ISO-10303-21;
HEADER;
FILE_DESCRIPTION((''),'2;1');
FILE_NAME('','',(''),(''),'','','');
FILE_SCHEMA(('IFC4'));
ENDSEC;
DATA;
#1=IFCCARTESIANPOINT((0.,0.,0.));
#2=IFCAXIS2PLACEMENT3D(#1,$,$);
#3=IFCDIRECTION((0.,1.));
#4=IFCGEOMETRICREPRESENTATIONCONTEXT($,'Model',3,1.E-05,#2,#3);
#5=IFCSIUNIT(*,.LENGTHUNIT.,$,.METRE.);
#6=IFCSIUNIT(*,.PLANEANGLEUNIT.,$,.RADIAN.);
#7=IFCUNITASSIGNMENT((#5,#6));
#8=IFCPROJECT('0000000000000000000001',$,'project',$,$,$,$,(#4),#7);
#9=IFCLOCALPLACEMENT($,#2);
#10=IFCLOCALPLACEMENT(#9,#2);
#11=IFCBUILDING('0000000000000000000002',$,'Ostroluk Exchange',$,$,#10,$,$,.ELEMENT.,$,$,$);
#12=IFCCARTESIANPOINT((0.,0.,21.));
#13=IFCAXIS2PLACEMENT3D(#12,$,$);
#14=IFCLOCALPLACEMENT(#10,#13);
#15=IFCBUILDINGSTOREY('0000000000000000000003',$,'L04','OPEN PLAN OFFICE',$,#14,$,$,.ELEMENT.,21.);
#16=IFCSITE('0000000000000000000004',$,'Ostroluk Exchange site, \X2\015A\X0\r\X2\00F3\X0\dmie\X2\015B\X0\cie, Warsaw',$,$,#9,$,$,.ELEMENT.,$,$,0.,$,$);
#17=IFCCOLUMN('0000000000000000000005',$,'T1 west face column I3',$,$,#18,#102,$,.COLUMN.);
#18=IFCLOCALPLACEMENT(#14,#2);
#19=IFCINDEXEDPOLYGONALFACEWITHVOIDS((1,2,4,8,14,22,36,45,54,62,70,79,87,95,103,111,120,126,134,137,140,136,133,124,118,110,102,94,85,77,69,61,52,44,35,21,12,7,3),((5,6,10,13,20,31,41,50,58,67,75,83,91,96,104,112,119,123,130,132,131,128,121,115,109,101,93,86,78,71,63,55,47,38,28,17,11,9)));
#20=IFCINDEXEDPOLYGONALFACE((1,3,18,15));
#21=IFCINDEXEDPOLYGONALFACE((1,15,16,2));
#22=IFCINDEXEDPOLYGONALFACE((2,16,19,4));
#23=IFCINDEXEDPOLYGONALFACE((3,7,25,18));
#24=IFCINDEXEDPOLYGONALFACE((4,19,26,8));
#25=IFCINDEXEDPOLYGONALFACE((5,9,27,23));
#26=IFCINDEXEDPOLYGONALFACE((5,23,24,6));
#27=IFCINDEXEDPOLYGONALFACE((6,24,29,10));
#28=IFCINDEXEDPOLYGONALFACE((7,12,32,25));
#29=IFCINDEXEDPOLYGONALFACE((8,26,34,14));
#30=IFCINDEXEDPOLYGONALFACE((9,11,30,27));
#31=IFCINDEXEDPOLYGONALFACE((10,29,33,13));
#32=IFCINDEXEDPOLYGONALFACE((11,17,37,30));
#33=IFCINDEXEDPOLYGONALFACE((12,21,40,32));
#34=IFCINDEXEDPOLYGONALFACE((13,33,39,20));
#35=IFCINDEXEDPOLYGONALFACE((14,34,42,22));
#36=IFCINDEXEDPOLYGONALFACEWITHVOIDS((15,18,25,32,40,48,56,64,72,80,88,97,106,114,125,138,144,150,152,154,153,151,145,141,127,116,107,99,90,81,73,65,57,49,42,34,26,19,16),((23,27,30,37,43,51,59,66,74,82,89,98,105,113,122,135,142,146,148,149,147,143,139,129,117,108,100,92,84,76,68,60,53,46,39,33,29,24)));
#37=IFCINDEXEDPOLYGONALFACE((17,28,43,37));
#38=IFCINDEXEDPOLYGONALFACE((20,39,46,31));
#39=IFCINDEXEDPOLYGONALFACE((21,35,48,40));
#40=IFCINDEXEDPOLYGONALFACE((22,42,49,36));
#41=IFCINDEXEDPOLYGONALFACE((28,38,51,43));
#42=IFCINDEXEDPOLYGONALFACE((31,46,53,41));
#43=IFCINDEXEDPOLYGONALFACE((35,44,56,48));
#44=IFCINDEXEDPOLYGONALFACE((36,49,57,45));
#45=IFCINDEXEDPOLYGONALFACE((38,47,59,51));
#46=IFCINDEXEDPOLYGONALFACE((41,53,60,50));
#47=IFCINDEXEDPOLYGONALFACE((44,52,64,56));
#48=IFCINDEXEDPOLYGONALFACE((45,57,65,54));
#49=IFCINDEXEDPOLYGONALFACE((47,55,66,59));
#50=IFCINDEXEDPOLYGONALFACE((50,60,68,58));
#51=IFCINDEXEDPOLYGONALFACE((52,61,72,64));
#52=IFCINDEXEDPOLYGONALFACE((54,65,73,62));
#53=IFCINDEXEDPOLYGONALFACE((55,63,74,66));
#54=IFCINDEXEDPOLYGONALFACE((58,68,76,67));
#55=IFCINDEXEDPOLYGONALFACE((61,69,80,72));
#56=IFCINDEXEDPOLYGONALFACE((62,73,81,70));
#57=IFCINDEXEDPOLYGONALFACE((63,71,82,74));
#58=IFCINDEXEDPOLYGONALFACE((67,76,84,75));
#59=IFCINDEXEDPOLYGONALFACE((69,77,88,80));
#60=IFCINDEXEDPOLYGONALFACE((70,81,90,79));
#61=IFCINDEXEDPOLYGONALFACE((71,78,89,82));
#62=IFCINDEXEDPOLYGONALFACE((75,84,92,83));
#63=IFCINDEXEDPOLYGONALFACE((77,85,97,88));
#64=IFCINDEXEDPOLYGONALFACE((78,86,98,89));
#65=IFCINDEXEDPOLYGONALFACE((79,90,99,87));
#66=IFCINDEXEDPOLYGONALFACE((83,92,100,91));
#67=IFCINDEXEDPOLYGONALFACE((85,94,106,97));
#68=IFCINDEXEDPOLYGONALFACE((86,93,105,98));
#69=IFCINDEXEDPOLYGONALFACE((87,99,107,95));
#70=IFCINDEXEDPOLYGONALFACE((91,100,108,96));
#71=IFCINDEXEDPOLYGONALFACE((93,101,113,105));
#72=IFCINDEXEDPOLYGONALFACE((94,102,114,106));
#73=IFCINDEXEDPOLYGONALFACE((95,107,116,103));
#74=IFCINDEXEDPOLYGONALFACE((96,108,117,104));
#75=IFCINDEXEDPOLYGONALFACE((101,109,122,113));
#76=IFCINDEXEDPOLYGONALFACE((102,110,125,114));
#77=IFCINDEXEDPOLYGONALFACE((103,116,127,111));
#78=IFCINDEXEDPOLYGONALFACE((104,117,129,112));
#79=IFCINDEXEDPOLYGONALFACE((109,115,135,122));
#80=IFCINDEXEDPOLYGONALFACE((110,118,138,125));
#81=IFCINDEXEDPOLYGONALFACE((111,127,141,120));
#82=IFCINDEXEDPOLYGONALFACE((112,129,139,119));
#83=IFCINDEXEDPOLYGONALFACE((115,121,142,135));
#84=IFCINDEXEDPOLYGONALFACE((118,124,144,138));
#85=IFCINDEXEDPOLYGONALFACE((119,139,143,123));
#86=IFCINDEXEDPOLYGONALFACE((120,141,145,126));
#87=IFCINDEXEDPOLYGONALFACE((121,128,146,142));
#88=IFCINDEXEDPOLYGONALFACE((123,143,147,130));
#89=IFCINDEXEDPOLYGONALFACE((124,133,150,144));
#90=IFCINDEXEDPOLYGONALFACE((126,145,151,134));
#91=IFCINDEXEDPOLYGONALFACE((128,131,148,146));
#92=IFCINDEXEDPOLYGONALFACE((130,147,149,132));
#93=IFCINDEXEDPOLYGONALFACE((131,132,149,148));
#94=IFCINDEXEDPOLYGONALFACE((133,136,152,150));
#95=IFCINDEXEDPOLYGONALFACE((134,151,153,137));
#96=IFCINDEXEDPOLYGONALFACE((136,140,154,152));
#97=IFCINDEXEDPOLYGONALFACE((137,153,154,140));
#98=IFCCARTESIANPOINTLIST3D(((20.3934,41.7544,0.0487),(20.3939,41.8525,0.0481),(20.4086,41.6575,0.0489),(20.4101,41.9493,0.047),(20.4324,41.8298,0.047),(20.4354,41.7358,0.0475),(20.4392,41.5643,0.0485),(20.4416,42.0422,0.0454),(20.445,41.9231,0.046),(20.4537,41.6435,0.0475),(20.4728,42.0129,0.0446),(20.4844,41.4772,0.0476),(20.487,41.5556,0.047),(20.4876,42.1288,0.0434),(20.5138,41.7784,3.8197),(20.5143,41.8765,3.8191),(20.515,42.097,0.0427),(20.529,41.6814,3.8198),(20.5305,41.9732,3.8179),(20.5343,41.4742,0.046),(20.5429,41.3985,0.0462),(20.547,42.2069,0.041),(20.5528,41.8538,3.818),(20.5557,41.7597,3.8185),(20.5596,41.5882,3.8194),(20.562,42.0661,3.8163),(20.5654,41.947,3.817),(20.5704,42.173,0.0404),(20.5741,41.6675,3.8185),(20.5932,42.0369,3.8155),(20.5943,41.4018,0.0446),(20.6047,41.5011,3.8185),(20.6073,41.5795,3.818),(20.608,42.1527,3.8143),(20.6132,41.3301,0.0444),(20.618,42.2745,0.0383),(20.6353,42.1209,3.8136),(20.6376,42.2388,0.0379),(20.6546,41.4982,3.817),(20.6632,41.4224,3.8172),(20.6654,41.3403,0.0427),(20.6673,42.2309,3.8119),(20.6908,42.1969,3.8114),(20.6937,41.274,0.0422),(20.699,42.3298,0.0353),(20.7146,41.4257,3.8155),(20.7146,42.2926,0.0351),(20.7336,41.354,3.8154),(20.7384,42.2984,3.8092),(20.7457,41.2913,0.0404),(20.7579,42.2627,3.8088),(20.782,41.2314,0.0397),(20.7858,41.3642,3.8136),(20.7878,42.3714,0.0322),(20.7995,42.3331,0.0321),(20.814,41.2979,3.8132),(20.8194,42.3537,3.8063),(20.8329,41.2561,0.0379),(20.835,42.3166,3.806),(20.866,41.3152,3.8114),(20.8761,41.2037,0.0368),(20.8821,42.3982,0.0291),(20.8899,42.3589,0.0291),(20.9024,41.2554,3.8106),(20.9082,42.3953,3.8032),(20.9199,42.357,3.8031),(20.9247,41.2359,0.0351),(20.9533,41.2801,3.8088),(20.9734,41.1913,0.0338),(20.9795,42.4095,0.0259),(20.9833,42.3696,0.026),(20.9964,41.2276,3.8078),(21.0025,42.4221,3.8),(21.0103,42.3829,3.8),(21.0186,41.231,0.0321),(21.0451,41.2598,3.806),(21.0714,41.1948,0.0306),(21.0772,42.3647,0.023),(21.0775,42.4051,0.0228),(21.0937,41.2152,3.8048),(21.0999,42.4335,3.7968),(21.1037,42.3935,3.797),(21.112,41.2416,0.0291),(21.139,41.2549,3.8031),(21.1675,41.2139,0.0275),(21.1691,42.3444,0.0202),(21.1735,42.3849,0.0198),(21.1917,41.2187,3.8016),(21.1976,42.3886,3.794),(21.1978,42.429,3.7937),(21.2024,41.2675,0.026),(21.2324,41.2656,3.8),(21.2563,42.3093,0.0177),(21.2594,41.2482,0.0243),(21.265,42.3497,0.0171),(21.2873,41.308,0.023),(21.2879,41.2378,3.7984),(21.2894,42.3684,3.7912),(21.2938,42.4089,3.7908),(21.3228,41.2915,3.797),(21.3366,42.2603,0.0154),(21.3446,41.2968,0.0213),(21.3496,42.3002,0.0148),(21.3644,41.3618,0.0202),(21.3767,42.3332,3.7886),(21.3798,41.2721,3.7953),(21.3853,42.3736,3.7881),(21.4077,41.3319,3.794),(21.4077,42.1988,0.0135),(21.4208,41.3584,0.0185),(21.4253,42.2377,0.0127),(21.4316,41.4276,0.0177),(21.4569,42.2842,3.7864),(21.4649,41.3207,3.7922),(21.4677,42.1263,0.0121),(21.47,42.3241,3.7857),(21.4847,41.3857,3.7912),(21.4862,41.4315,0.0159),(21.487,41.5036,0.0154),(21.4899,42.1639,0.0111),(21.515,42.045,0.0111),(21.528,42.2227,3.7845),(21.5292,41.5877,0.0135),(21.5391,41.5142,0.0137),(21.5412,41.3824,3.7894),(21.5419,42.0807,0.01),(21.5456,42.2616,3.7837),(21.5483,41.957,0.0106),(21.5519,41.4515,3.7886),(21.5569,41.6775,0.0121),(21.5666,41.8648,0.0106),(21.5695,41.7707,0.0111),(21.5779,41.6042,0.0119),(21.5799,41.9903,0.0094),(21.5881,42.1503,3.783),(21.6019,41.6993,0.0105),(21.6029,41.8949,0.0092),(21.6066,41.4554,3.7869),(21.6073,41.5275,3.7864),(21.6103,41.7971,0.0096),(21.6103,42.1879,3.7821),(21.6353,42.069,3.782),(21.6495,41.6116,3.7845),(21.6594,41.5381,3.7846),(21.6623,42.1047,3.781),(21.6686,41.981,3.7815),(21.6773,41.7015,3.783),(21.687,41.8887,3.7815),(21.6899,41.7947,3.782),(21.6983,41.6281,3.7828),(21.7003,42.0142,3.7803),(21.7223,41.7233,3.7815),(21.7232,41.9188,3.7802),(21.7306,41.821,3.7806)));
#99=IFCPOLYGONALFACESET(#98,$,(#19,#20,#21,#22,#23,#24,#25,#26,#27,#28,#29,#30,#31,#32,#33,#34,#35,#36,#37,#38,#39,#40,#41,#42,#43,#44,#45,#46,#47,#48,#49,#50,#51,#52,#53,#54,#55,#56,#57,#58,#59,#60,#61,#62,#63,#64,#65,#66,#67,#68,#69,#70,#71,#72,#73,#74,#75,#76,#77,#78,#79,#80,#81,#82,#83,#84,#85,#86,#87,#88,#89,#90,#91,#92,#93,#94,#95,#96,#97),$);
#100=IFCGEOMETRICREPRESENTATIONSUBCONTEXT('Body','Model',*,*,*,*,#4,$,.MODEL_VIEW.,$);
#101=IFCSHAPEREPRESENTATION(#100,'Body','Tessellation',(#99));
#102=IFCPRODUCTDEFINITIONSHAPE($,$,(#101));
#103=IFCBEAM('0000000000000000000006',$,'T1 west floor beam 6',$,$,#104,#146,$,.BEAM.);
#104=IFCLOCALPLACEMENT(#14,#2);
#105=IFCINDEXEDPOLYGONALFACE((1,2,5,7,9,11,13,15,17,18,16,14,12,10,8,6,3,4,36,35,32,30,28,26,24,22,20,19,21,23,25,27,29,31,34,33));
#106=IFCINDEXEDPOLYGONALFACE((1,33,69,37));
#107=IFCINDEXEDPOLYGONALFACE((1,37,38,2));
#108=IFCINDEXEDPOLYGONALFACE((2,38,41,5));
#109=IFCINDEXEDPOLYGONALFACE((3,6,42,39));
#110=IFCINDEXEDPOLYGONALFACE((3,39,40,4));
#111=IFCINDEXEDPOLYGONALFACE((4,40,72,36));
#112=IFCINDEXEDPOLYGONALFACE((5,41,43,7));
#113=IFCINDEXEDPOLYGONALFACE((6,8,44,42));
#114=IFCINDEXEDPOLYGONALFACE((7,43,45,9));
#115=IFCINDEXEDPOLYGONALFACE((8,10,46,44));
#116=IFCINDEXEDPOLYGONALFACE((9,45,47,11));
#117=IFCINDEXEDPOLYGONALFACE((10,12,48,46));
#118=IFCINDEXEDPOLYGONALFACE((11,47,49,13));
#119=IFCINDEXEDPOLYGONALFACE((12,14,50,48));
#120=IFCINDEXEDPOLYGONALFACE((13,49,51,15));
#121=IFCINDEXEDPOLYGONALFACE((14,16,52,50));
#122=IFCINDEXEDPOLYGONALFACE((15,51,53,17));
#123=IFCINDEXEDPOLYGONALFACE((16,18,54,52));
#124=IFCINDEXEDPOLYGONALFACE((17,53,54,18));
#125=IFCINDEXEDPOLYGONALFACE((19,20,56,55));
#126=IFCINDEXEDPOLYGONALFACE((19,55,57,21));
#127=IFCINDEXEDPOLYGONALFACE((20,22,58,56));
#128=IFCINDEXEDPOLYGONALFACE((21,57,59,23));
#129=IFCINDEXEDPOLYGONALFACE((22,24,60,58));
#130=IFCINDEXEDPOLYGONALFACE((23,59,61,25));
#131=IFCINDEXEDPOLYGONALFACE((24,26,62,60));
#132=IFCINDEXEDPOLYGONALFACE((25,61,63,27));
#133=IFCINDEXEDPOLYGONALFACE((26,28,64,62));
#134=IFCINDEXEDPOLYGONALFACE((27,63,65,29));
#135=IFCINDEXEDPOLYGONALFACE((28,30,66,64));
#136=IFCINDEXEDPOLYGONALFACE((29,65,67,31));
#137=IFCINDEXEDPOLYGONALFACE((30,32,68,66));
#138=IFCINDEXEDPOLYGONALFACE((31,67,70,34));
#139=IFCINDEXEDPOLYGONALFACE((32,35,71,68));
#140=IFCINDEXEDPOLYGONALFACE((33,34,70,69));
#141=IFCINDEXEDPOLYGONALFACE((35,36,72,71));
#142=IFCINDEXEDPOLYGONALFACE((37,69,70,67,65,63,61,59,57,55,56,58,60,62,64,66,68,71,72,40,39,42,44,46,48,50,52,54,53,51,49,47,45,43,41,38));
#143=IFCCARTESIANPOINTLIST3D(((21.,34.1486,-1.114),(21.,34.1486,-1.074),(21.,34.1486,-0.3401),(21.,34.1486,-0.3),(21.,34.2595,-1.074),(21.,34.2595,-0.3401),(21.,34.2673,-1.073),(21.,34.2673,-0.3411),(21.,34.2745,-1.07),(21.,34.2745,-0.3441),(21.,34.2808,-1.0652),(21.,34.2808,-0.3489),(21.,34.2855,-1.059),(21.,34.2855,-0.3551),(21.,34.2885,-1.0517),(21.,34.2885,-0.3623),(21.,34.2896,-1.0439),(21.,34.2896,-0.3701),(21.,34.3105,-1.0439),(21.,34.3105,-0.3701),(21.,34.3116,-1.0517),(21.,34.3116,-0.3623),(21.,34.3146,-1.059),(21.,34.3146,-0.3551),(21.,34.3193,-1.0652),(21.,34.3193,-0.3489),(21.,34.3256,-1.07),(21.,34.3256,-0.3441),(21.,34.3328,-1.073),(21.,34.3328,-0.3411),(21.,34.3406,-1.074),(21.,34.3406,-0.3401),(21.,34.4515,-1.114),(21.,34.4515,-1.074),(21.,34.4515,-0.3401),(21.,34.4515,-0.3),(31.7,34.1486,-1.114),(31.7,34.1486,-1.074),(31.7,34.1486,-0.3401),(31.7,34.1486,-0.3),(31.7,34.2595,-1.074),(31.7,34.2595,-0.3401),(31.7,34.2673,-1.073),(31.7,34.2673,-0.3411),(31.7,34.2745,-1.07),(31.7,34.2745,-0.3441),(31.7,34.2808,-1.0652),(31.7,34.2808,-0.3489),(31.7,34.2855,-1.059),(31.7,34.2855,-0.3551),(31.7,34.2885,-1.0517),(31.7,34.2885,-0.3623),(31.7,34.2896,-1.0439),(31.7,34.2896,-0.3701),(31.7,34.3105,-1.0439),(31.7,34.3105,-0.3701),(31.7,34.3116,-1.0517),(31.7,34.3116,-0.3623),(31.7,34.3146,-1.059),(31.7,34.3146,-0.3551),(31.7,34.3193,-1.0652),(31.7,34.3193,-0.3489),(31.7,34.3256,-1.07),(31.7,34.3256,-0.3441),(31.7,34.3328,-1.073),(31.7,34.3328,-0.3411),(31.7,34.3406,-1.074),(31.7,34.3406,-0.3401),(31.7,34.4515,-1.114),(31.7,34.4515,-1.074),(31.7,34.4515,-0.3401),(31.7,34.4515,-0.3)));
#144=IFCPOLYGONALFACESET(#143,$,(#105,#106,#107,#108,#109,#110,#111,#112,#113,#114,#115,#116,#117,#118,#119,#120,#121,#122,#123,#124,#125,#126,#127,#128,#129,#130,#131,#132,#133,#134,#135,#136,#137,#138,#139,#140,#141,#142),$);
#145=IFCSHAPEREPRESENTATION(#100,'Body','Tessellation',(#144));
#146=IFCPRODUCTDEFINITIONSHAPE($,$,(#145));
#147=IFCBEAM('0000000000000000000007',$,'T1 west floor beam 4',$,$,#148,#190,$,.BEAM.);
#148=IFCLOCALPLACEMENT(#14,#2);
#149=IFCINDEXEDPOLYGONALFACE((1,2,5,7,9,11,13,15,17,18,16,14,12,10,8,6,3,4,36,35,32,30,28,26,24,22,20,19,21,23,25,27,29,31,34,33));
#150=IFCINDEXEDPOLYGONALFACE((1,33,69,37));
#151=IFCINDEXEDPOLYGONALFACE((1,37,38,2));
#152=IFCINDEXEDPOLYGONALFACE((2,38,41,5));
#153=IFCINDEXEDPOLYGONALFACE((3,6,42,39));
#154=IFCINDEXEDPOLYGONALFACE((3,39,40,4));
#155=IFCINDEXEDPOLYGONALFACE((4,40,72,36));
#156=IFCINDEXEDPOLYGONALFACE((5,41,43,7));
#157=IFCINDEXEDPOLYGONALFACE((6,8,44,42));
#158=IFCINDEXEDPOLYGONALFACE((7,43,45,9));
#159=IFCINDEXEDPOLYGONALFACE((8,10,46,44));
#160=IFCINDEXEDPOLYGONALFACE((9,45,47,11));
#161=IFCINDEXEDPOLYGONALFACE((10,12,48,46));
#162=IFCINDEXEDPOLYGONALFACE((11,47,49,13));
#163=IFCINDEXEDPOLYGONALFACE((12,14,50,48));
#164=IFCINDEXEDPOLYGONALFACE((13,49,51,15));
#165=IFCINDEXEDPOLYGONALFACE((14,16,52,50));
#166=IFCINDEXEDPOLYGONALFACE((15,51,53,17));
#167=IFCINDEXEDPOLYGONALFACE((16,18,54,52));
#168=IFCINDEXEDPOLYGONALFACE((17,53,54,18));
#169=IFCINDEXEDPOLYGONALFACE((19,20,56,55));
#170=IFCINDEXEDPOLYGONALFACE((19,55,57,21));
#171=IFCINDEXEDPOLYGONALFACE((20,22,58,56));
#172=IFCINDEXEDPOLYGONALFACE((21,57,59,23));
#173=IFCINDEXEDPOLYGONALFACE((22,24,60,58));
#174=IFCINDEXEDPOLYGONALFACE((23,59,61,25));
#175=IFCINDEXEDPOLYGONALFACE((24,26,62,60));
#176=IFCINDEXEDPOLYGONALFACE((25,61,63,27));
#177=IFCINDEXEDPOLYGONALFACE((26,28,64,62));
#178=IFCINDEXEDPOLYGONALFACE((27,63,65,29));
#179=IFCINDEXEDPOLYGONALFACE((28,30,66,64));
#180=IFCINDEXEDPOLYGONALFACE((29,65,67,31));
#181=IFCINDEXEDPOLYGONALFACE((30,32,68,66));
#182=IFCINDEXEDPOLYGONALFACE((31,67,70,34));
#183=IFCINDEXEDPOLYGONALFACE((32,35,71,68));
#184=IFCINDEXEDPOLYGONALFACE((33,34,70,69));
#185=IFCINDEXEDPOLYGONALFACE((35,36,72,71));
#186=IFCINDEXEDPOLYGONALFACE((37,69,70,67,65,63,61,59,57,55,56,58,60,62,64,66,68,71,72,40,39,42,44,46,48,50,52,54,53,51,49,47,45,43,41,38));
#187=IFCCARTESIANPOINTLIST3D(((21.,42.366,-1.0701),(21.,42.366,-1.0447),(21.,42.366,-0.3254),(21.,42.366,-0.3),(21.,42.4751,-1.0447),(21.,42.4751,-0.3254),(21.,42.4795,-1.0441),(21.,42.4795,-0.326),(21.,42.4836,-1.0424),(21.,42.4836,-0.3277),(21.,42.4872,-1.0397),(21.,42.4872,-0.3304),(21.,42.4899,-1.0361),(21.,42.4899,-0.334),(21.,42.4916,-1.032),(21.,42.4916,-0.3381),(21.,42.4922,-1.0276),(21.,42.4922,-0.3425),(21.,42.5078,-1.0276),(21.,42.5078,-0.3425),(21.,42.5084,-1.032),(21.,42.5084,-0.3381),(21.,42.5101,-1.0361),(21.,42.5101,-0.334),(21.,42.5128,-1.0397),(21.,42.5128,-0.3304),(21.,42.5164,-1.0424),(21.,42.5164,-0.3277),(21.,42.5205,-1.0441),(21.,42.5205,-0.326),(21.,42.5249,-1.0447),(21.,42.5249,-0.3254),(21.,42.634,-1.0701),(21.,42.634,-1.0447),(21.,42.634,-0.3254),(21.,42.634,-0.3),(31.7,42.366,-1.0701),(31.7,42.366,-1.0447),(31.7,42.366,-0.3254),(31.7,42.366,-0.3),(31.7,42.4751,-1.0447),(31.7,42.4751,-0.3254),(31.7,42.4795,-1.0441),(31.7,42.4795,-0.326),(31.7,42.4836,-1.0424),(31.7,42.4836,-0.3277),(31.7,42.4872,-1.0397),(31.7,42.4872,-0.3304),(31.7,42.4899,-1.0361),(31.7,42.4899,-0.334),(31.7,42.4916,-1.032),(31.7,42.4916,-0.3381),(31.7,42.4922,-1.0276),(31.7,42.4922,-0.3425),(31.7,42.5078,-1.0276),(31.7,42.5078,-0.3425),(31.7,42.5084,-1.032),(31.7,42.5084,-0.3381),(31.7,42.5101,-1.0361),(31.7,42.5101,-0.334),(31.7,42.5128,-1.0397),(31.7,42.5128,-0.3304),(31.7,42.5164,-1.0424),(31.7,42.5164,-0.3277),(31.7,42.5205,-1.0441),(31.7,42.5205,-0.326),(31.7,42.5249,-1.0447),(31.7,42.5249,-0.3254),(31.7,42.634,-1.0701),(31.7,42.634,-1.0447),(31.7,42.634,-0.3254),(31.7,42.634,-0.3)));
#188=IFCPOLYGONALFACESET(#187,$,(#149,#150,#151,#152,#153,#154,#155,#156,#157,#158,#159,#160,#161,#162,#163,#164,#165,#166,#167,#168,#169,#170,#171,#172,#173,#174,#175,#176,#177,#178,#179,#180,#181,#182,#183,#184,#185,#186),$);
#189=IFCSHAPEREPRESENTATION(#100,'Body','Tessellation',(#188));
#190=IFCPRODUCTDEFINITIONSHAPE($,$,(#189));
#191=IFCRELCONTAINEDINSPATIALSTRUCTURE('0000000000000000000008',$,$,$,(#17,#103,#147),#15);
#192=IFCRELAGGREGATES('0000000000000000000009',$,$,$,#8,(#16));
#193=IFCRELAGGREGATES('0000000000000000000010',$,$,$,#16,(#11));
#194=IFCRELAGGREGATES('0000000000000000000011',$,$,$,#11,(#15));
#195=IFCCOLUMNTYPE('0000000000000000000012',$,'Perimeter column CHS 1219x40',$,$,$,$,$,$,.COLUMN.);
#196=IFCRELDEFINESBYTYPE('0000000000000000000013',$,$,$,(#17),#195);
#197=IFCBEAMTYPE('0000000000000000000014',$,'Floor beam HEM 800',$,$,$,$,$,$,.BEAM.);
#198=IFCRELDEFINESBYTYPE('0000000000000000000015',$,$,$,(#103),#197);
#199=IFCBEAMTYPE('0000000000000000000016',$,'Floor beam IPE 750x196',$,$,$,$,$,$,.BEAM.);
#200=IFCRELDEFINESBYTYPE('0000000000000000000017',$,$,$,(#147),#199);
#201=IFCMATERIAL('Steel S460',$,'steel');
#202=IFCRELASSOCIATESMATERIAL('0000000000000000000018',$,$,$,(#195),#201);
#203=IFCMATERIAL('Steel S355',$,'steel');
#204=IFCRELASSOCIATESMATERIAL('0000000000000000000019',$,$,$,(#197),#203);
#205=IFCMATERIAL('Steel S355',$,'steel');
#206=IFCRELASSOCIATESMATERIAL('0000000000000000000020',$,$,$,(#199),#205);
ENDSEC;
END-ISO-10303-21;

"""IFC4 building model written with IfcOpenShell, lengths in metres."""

from ifc_helpers import new_model, si_unit, direction, frame, origin, origin_2d, place, context, subcontext, project, spatial, hollow_circle, i_section, extrude, material, material_profile, profile_set, type_object, element, save


model = new_model("IFC4")

# Units and contexts
model_context = context("Model", 3, precision=1e-05, world=origin(), true_north=direction((0.0, 1.0)))
body_context = subcontext(model_context, "Body", "Model", "MODEL_VIEW")
ifc_project = project(units=[si_unit("LENGTHUNIT", "METRE"), si_unit("PLANEANGLEUNIT", "RADIAN")], contexts=[model_context])

# Site, building, storey
site_placement = place(None, origin())
site = spatial("IfcSite", under=ifc_project, at=site_placement, Name="Ostroluk Exchange site, Śródmieście, Warsaw", CompositionType="ELEMENT", RefElevation=0.0)
building_placement = place(site_placement, origin())
building = spatial("IfcBuilding", under=site, at=building_placement, Name="Ostroluk Exchange", CompositionType="ELEMENT")
storey_placement = place(building_placement, frame((0.0, 0.0, 21.0)))
storey = spatial("IfcBuildingStorey", under=building, at=storey_placement, Name="L04", Description="OPEN PLAN OFFICE", CompositionType="ELEMENT", Elevation=21.0)

# Column
ifc_material_1 = material(Name="Steel S460", Category="steel")
ifc_material_profile_1 = material_profile(ifc_material_1, hollow_circle(Radius=0.6096, WallThickness=0.04, at=origin_2d()), Name="CHS 1219x40")
ifc_profile_set_1 = profile_set([ifc_material_profile_1], Name="Steel S460")
column_type = type_object("IfcColumnType", Name="Perimeter column CHS 1219x40", PredefinedType="COLUMN", material=ifc_profile_set_1)
column_placement = place(storey_placement, frame((21.001, 41.8003, 0.0291), z_axis=(0.031901, 0.006341, 0.999471), x_axis=(-0.194968, 0.98081, 0.0)))
element("IfcColumn", 1, at=column_placement, inside=storey, type_object=column_type, Name="T1 west face column I3", PredefinedType="COLUMN", context=body_context, shape_type="SweptSolid", body=[
    extrude(hollow_circle(Radius=0.6096, WallThickness=0.04, at=origin_2d()), origin(), (0.0, 0.0, 1.0), 3.7729),
])

# Beams
ifc_material_2 = material(Name="Steel S355", Category="steel")
ifc_material_profile_2 = material_profile(ifc_material_2, i_section(OverallWidth=0.303, OverallDepth=0.814, WebThickness=0.021, FlangeThickness=0.04, FilletRadius=0.03, at=origin_2d()), Name="HEM 800")
ifc_profile_set_2 = profile_set([ifc_material_profile_2], Name="Steel S355")
beam_type_1 = type_object("IfcBeamType", Name="Floor beam HEM 800", PredefinedType="BEAM", material=ifc_profile_set_2)
beam_1_placement = place(storey_placement, frame((31.7, 34.3, -0.707), z_axis=(-1.0, 0.0, 0.0), x_axis=(0.0, -1.0, 0.0)))
element("IfcBeam", 2, at=beam_1_placement, inside=storey, type_object=beam_type_1, Name="T1 west floor beam 6", PredefinedType="BEAM", context=body_context, shape_type="SweptSolid", body=[
    extrude(i_section(OverallWidth=0.303, OverallDepth=0.814, WebThickness=0.021, FlangeThickness=0.04, FilletRadius=0.03, at=origin_2d()), origin(), (0.0, 0.0, 1.0), 10.7),
])
ifc_material_3 = material(Name="Steel S355", Category="steel")
ifc_material_profile_3 = material_profile(ifc_material_3, i_section(OverallWidth=0.2681, OverallDepth=0.77, WebThickness=0.0156, FlangeThickness=0.0254, FilletRadius=0.0171, at=origin_2d()), Name="IPE 750x196")
ifc_profile_set_3 = profile_set([ifc_material_profile_3], Name="Steel S355")
beam_type_2 = type_object("IfcBeamType", Name="Floor beam IPE 750x196", PredefinedType="BEAM", material=ifc_profile_set_3)
for number, where, z_axis, x_axis, name in (
    (3, (31.7, 42.5, -0.6851), (-1.0, 0.0, 0.0), (0.0, -1.0, 0.0), "T1 west floor beam 4"),
):
    element("IfcBeam", number, at=place(storey_placement, frame(where, z_axis=z_axis, x_axis=x_axis)), inside=storey, type_object=beam_type_2, Name=name, PredefinedType="BEAM", context=body_context, shape_type="SweptSolid", body=[
        extrude(i_section(OverallWidth=0.2681, OverallDepth=0.77, WebThickness=0.0156, FlangeThickness=0.0254, FilletRadius=0.0171, at=origin_2d()), origin(), (0.0, 0.0, 1.0), 10.7),
    ])

save(model, "model.ifc")
